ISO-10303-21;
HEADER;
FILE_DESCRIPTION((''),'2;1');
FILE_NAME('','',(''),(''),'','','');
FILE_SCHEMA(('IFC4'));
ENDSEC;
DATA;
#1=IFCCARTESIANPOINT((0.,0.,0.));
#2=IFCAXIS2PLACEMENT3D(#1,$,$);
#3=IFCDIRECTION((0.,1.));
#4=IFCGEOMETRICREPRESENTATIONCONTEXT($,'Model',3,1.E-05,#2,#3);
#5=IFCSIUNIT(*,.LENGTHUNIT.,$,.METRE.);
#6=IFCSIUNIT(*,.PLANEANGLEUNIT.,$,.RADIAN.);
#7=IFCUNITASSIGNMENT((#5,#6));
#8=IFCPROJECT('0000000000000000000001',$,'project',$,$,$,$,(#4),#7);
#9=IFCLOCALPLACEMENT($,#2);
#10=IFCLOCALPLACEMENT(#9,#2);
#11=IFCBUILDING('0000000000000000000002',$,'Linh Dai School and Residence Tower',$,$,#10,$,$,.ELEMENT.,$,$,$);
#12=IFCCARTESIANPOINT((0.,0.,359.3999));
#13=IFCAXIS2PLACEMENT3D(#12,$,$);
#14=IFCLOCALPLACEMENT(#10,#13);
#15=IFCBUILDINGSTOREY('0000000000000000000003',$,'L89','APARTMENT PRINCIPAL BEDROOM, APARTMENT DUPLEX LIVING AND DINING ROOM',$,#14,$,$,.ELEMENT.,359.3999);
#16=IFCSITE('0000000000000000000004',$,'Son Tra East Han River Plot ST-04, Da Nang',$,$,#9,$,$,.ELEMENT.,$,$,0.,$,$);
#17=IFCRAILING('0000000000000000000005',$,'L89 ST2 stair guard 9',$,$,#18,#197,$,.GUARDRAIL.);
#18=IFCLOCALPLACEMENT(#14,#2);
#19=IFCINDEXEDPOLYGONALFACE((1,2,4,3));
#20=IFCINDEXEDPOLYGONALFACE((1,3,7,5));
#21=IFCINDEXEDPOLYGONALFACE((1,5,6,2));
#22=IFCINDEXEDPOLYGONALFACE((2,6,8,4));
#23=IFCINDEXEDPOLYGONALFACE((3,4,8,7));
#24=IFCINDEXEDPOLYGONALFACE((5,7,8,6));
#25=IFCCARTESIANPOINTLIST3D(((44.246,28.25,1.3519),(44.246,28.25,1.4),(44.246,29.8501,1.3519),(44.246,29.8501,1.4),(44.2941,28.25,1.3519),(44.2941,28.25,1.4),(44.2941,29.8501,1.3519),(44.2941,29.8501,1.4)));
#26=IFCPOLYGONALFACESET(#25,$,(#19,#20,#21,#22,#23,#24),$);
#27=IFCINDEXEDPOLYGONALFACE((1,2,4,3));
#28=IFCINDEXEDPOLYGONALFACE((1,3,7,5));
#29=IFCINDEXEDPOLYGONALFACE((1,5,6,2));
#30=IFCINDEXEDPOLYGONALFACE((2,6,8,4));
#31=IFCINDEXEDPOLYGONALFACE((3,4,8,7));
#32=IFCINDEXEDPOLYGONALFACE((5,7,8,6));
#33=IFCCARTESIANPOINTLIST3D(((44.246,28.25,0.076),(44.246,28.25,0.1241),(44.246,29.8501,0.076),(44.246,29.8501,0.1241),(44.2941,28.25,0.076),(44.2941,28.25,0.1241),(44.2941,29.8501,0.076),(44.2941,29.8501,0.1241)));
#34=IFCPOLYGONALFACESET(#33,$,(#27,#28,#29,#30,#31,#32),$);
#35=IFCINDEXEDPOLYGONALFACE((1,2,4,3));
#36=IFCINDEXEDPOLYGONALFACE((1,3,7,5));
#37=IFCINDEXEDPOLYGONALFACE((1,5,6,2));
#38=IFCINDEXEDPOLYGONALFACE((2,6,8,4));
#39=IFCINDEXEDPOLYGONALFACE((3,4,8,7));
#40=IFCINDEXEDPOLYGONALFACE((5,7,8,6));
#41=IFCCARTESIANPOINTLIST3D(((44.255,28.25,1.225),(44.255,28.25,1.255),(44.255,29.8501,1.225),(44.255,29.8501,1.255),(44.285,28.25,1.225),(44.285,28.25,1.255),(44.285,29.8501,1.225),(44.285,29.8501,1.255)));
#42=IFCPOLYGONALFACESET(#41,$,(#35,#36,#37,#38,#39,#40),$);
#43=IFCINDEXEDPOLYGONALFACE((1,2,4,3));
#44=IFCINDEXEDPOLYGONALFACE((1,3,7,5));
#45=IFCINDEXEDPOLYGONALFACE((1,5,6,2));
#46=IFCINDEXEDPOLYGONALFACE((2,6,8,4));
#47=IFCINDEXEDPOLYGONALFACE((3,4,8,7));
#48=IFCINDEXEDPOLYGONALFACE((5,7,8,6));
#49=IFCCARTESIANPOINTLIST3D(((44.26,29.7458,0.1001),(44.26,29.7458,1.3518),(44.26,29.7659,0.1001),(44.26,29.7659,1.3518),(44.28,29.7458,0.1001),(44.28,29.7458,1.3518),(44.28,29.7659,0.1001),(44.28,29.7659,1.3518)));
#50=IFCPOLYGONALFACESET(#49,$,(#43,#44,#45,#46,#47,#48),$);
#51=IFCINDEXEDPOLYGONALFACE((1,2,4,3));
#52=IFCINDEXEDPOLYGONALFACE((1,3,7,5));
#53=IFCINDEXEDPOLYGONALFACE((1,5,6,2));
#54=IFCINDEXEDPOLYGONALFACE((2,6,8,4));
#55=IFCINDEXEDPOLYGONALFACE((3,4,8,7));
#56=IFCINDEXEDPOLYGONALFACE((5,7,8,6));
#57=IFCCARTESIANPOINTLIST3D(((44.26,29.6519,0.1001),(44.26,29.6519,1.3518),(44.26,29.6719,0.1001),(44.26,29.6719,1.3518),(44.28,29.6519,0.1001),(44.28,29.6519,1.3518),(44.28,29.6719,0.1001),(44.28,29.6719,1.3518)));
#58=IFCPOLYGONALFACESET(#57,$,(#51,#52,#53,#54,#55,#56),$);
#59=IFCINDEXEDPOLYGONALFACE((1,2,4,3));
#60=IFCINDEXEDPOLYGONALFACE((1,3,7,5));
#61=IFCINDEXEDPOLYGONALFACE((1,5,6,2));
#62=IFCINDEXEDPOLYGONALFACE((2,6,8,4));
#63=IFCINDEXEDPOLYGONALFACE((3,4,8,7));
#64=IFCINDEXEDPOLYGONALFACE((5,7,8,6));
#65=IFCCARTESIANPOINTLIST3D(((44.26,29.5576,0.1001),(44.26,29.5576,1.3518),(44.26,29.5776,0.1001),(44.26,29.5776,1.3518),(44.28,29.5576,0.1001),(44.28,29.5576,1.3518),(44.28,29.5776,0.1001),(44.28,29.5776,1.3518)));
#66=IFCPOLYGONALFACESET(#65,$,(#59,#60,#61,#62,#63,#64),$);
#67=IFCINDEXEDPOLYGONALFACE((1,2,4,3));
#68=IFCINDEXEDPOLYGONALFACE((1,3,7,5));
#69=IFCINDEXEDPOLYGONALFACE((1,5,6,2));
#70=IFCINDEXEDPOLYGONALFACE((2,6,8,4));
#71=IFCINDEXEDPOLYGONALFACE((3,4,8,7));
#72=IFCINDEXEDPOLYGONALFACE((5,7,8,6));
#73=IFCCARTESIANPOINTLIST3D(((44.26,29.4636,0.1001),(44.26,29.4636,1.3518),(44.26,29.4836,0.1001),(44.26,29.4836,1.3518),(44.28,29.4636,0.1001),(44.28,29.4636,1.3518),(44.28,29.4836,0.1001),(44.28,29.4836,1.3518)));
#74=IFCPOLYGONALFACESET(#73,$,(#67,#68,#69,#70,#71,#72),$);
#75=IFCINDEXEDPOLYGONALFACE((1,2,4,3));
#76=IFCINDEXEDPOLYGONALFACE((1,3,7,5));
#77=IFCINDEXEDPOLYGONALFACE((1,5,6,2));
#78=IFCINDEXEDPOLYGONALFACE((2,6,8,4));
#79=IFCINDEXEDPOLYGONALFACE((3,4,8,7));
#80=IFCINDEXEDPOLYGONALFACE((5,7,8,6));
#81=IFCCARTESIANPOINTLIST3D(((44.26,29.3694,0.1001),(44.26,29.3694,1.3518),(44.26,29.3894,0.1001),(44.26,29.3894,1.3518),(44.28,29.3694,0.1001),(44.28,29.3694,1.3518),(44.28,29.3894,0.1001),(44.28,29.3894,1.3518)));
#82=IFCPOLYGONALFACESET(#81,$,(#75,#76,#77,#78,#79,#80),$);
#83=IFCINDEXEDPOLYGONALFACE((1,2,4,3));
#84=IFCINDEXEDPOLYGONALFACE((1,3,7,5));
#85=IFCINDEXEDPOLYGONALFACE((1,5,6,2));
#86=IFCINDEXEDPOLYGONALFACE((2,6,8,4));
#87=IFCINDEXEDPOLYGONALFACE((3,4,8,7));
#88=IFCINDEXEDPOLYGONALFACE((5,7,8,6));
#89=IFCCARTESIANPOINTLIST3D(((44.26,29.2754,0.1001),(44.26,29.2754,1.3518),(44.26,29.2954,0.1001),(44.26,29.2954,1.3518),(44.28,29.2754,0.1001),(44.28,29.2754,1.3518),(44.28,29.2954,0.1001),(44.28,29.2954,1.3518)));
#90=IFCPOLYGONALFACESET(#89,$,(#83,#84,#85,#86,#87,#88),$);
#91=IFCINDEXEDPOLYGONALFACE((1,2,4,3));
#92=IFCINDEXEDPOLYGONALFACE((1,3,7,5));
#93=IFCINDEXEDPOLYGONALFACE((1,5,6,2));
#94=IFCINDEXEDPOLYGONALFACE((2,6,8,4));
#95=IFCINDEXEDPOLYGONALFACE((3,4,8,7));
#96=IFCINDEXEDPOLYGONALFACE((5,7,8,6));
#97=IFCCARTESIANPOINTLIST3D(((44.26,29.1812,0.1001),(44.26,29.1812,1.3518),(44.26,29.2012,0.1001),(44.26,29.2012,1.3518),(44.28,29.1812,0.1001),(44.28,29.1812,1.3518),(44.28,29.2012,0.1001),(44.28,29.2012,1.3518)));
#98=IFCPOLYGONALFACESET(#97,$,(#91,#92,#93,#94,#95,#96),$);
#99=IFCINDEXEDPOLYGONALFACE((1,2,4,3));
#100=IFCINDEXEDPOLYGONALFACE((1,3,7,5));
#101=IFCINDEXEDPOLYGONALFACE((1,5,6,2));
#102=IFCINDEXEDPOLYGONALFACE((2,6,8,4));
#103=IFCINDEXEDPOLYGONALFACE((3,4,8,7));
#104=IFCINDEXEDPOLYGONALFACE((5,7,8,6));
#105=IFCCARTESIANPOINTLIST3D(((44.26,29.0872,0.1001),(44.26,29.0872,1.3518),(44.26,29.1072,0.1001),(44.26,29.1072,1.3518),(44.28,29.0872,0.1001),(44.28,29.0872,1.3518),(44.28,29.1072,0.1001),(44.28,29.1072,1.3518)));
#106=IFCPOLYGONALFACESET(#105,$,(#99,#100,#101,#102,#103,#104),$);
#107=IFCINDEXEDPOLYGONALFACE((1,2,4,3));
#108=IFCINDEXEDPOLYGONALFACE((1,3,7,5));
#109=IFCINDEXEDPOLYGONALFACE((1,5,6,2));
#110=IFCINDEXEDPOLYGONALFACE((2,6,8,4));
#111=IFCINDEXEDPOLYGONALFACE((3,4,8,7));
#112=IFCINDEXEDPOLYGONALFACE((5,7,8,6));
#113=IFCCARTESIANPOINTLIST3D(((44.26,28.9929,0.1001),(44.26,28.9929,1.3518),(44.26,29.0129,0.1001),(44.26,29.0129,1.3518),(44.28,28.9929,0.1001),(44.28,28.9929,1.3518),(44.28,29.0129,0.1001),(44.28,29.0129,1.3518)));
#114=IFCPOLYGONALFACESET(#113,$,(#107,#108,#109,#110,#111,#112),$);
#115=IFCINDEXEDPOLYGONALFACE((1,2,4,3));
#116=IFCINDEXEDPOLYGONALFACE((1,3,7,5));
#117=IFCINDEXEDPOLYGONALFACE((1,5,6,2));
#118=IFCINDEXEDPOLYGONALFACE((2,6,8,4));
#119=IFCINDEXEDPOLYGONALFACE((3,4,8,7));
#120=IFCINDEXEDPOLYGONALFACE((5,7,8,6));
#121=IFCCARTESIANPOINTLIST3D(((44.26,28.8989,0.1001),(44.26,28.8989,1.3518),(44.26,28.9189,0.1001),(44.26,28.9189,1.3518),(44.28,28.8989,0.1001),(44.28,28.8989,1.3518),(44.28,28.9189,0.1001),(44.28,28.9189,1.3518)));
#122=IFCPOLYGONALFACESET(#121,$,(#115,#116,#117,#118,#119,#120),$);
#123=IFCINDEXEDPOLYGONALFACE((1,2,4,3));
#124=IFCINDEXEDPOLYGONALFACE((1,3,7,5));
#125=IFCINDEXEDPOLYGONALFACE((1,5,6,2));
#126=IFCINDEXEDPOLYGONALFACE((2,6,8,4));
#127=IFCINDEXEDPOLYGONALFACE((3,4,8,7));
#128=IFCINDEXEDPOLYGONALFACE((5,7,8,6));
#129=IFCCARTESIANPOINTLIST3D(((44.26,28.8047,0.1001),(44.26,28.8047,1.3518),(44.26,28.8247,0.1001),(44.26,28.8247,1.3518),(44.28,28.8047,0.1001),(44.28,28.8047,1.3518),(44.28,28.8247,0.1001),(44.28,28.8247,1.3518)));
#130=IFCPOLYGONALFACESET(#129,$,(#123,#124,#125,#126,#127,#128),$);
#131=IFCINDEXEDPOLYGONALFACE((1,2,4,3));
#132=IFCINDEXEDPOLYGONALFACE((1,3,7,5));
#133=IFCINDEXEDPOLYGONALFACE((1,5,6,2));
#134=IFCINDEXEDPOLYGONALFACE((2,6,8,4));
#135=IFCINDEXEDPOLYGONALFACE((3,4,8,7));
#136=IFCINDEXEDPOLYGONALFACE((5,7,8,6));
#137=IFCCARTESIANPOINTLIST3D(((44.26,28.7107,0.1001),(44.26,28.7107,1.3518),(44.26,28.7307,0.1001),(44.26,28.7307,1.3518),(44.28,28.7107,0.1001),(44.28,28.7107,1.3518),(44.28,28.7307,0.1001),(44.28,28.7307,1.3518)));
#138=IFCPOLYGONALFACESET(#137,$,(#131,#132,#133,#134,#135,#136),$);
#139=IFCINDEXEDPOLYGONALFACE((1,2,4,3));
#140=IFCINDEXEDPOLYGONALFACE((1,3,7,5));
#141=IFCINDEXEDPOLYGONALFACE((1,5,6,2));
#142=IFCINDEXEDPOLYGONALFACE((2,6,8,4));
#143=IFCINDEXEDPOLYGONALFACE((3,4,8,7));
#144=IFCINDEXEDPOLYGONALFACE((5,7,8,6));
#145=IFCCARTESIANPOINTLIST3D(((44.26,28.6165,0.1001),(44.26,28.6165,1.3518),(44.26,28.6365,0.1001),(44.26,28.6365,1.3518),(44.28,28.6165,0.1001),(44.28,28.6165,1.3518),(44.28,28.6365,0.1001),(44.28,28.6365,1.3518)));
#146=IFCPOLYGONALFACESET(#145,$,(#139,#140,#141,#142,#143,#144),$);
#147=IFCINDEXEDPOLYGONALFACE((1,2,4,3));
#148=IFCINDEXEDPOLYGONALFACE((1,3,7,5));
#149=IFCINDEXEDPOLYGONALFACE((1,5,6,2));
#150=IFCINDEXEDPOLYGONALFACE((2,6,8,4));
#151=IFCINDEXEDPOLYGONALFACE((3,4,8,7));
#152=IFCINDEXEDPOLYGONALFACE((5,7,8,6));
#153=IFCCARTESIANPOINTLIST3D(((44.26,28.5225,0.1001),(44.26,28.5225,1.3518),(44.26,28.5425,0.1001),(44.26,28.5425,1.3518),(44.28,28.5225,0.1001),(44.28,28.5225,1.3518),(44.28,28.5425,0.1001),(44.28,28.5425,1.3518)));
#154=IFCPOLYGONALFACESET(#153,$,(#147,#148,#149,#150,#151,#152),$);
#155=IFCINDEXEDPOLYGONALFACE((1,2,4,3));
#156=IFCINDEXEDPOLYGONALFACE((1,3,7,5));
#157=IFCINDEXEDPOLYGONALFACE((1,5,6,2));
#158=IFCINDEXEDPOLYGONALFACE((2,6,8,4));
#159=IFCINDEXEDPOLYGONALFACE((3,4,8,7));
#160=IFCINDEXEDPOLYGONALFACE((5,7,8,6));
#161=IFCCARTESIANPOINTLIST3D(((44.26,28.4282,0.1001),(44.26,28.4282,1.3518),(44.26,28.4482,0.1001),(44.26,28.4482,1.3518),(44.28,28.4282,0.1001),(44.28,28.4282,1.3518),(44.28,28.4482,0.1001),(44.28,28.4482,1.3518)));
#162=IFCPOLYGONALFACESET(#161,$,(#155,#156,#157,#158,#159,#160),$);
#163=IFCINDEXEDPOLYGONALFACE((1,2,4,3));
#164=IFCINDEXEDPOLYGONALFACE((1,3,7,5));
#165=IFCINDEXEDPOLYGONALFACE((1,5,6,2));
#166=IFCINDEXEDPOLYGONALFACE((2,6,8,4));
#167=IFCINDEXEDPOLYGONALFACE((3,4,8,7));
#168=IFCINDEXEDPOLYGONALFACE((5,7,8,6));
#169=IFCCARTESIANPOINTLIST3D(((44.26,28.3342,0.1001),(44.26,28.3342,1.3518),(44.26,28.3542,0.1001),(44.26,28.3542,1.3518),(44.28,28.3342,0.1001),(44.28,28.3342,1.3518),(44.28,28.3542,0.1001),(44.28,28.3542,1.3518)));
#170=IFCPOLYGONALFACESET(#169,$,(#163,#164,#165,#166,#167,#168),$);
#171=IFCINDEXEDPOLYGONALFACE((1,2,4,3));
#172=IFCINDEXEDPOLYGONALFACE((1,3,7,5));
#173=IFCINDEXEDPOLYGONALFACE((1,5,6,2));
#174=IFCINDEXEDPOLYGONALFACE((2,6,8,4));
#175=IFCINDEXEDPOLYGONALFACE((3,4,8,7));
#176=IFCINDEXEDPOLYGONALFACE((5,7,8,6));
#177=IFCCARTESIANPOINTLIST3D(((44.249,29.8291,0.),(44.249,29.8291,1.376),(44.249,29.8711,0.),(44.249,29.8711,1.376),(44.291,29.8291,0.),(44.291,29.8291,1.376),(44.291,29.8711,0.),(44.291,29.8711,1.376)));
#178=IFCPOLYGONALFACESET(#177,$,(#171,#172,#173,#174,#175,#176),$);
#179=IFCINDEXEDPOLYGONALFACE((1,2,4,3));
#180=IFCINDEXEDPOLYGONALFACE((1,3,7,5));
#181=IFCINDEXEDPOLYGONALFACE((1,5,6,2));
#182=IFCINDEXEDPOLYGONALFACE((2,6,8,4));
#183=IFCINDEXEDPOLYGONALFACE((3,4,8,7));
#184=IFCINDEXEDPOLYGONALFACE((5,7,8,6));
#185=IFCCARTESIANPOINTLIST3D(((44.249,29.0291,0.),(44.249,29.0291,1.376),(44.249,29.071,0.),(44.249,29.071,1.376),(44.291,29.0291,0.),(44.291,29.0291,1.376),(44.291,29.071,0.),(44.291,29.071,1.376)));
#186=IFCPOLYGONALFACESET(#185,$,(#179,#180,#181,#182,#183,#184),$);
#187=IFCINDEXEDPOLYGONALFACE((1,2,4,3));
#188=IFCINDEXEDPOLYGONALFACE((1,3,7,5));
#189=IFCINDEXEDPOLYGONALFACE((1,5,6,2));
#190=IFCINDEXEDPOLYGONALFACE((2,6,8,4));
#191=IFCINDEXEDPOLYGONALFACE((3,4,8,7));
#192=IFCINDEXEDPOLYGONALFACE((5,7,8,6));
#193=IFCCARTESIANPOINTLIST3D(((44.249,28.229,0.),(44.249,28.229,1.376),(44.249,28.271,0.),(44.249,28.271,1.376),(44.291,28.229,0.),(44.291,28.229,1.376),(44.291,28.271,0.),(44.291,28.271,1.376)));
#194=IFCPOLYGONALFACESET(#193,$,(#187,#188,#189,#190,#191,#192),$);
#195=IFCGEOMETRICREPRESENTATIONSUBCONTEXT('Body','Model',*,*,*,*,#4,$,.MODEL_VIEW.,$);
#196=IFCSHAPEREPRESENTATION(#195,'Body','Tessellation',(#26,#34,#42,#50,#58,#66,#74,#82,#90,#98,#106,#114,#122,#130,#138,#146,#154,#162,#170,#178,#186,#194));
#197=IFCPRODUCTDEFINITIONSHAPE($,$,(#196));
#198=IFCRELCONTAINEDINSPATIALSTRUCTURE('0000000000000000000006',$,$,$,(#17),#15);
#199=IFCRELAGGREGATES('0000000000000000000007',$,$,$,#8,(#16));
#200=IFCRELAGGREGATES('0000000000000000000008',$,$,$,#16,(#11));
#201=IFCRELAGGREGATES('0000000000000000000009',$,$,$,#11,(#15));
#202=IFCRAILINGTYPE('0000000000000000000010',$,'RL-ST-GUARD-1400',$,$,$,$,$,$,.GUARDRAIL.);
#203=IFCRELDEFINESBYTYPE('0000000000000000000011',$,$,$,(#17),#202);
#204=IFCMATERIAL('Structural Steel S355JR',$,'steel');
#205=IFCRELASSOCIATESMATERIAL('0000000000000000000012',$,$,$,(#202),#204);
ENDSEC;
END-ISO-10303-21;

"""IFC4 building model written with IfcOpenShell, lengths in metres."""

from ifc_helpers import new_model, si_unit, direction, frame, origin, origin_2d, place, context, subcontext, project, spatial, rectangle, extrude, source, transform, mapped, material, type_object, element, save


model = new_model("IFC4")

# Units and contexts
model_context = context("Model", 3, precision=1e-05, world=origin(), true_north=direction((0.0, 1.0)))
body_context = subcontext(model_context, "Body", "Model", "MODEL_VIEW")
ifc_project = project(units=[si_unit("LENGTHUNIT", "METRE"), si_unit("PLANEANGLEUNIT", "RADIAN")], contexts=[model_context])

# Site, building, storey
site_placement = place(None, origin())
site = spatial("IfcSite", under=ifc_project, at=site_placement, Name="Son Tra East Han River Plot ST-04, Da Nang", CompositionType="ELEMENT", RefElevation=0.0)
building_placement = place(site_placement, origin())
building = spatial("IfcBuilding", under=site, at=building_placement, Name="Linh Dai School and Residence Tower", CompositionType="ELEMENT")
storey_placement = place(building_placement, frame((0.0, 0.0, 359.3999)))
storey = spatial("IfcBuildingStorey", under=building, at=storey_placement, Name="L89", Description="APARTMENT PRINCIPAL BEDROOM, APARTMENT DUPLEX LIVING AND DINING ROOM", CompositionType="ELEMENT", Elevation=359.3999)

# Shared definitions
ifc_material_1 = material(Name="Structural Steel S355JR", Category="steel")

# Railing
railing_type_1 = type_object("IfcRailingType", Name="RL-ST-GUARD-1400", PredefinedType="GUARDRAIL", material=ifc_material_1)
shared_shape_1 = source(origin(), body_context, "Body", "SweptSolid", [
    extrude(rectangle(XDim=0.0481, YDim=0.0481, at=origin_2d()), frame((0.0, 0.0, 1.376), z_axis=(0.0, -1.0, 0.0), x_axis=(1.0, 0.0, 0.0)), (0.0, 0.0, 1.0), 1.6001),
    extrude(rectangle(XDim=0.0481, YDim=0.0481, at=origin_2d()), frame((0.0, 0.0, 0.1001), z_axis=(0.0, -1.0, 0.0), x_axis=(1.0, 0.0, 0.0)), (0.0, 0.0, 1.0), 1.6001),
    extrude(rectangle(XDim=0.03, YDim=0.03, at=origin_2d()), frame((0.0, 0.0, 1.24), z_axis=(0.0, -1.0, 0.0), x_axis=(1.0, 0.0, 0.0)), (0.0, 0.0, 1.0), 1.6001),
    extrude(rectangle(XDim=0.02, YDim=0.02, at=origin_2d()), frame((0.0, -0.0942, 0.1001)), (0.0, 0.0, 1.0), 1.2517),
    extrude(rectangle(XDim=0.02, YDim=0.02, at=origin_2d()), frame((0.0, -0.1882, 0.1001)), (0.0, 0.0, 1.0), 1.2517),
    extrude(rectangle(XDim=0.02, YDim=0.02, at=origin_2d()), frame((0.0, -0.2825, 0.1001)), (0.0, 0.0, 1.0), 1.2517),
    extrude(rectangle(XDim=0.02, YDim=0.02, at=origin_2d()), frame((0.0, -0.3765, 0.1001)), (0.0, 0.0, 1.0), 1.2517),
    extrude(rectangle(XDim=0.02, YDim=0.02, at=origin_2d()), frame((0.0, -0.4707, 0.1001)), (0.0, 0.0, 1.0), 1.2517),
    extrude(rectangle(XDim=0.02, YDim=0.02, at=origin_2d()), frame((0.0, -0.5647, 0.1001)), (0.0, 0.0, 1.0), 1.2517),
    extrude(rectangle(XDim=0.02, YDim=0.02, at=origin_2d()), frame((0.0, -0.6589, 0.1001)), (0.0, 0.0, 1.0), 1.2517),
    extrude(rectangle(XDim=0.02, YDim=0.02, at=origin_2d()), frame((0.0, -0.7529, 0.1001)), (0.0, 0.0, 1.0), 1.2517),
    extrude(rectangle(XDim=0.02, YDim=0.02, at=origin_2d()), frame((0.0, -0.8472, 0.1001)), (0.0, 0.0, 1.0), 1.2517),
    extrude(rectangle(XDim=0.02, YDim=0.02, at=origin_2d()), frame((0.0, -0.9412, 0.1001)), (0.0, 0.0, 1.0), 1.2517),
    extrude(rectangle(XDim=0.02, YDim=0.02, at=origin_2d()), frame((0.0, -1.0354, 0.1001)), (0.0, 0.0, 1.0), 1.2517),
    extrude(rectangle(XDim=0.02, YDim=0.02, at=origin_2d()), frame((0.0, -1.1294, 0.1001)), (0.0, 0.0, 1.0), 1.2517),
    extrude(rectangle(XDim=0.02, YDim=0.02, at=origin_2d()), frame((0.0, -1.2236, 0.1001)), (0.0, 0.0, 1.0), 1.2517),
    extrude(rectangle(XDim=0.02, YDim=0.02, at=origin_2d()), frame((0.0, -1.3176, 0.1001)), (0.0, 0.0, 1.0), 1.2517),
    extrude(rectangle(XDim=0.02, YDim=0.02, at=origin_2d()), frame((0.0, -1.4119, 0.1001)), (0.0, 0.0, 1.0), 1.2517),
    extrude(rectangle(XDim=0.02, YDim=0.02, at=origin_2d()), frame((0.0, -1.5059, 0.1001)), (0.0, 0.0, 1.0), 1.2517),
    extrude(rectangle(XDim=0.042, YDim=0.042, at=origin_2d()), origin(), (0.0, 0.0, 1.0), 1.376),
    extrude(rectangle(XDim=0.042, YDim=0.042, at=origin_2d()), frame((0.0, -0.8, 0.0)), (0.0, 0.0, 1.0), 1.376),
    extrude(rectangle(XDim=0.042, YDim=0.042, at=origin_2d()), frame((0.0, -1.6001, 0.0)), (0.0, 0.0, 1.0), 1.376),
])
for number, where, name in (
    (1, (44.27, 29.8501, 0.0), "L89 ST2 stair guard 9"),
):
    element("IfcRailing", number, at=place(storey_placement, frame(where)), inside=storey, type_object=railing_type_1, Name=name, PredefinedType="GUARDRAIL", context=body_context, shape_type="MappedRepresentation", body=[
        mapped(shared_shape_1, transform((0.0, 0.0, 0.0), x_axis=(1.0, 0.0, 0.0), y_axis=(0.0, 1.0, 0.0), z_axis=(0.0, 0.0, 1.0), scale=1.0)),
    ])

save(model, "model.ifc")
